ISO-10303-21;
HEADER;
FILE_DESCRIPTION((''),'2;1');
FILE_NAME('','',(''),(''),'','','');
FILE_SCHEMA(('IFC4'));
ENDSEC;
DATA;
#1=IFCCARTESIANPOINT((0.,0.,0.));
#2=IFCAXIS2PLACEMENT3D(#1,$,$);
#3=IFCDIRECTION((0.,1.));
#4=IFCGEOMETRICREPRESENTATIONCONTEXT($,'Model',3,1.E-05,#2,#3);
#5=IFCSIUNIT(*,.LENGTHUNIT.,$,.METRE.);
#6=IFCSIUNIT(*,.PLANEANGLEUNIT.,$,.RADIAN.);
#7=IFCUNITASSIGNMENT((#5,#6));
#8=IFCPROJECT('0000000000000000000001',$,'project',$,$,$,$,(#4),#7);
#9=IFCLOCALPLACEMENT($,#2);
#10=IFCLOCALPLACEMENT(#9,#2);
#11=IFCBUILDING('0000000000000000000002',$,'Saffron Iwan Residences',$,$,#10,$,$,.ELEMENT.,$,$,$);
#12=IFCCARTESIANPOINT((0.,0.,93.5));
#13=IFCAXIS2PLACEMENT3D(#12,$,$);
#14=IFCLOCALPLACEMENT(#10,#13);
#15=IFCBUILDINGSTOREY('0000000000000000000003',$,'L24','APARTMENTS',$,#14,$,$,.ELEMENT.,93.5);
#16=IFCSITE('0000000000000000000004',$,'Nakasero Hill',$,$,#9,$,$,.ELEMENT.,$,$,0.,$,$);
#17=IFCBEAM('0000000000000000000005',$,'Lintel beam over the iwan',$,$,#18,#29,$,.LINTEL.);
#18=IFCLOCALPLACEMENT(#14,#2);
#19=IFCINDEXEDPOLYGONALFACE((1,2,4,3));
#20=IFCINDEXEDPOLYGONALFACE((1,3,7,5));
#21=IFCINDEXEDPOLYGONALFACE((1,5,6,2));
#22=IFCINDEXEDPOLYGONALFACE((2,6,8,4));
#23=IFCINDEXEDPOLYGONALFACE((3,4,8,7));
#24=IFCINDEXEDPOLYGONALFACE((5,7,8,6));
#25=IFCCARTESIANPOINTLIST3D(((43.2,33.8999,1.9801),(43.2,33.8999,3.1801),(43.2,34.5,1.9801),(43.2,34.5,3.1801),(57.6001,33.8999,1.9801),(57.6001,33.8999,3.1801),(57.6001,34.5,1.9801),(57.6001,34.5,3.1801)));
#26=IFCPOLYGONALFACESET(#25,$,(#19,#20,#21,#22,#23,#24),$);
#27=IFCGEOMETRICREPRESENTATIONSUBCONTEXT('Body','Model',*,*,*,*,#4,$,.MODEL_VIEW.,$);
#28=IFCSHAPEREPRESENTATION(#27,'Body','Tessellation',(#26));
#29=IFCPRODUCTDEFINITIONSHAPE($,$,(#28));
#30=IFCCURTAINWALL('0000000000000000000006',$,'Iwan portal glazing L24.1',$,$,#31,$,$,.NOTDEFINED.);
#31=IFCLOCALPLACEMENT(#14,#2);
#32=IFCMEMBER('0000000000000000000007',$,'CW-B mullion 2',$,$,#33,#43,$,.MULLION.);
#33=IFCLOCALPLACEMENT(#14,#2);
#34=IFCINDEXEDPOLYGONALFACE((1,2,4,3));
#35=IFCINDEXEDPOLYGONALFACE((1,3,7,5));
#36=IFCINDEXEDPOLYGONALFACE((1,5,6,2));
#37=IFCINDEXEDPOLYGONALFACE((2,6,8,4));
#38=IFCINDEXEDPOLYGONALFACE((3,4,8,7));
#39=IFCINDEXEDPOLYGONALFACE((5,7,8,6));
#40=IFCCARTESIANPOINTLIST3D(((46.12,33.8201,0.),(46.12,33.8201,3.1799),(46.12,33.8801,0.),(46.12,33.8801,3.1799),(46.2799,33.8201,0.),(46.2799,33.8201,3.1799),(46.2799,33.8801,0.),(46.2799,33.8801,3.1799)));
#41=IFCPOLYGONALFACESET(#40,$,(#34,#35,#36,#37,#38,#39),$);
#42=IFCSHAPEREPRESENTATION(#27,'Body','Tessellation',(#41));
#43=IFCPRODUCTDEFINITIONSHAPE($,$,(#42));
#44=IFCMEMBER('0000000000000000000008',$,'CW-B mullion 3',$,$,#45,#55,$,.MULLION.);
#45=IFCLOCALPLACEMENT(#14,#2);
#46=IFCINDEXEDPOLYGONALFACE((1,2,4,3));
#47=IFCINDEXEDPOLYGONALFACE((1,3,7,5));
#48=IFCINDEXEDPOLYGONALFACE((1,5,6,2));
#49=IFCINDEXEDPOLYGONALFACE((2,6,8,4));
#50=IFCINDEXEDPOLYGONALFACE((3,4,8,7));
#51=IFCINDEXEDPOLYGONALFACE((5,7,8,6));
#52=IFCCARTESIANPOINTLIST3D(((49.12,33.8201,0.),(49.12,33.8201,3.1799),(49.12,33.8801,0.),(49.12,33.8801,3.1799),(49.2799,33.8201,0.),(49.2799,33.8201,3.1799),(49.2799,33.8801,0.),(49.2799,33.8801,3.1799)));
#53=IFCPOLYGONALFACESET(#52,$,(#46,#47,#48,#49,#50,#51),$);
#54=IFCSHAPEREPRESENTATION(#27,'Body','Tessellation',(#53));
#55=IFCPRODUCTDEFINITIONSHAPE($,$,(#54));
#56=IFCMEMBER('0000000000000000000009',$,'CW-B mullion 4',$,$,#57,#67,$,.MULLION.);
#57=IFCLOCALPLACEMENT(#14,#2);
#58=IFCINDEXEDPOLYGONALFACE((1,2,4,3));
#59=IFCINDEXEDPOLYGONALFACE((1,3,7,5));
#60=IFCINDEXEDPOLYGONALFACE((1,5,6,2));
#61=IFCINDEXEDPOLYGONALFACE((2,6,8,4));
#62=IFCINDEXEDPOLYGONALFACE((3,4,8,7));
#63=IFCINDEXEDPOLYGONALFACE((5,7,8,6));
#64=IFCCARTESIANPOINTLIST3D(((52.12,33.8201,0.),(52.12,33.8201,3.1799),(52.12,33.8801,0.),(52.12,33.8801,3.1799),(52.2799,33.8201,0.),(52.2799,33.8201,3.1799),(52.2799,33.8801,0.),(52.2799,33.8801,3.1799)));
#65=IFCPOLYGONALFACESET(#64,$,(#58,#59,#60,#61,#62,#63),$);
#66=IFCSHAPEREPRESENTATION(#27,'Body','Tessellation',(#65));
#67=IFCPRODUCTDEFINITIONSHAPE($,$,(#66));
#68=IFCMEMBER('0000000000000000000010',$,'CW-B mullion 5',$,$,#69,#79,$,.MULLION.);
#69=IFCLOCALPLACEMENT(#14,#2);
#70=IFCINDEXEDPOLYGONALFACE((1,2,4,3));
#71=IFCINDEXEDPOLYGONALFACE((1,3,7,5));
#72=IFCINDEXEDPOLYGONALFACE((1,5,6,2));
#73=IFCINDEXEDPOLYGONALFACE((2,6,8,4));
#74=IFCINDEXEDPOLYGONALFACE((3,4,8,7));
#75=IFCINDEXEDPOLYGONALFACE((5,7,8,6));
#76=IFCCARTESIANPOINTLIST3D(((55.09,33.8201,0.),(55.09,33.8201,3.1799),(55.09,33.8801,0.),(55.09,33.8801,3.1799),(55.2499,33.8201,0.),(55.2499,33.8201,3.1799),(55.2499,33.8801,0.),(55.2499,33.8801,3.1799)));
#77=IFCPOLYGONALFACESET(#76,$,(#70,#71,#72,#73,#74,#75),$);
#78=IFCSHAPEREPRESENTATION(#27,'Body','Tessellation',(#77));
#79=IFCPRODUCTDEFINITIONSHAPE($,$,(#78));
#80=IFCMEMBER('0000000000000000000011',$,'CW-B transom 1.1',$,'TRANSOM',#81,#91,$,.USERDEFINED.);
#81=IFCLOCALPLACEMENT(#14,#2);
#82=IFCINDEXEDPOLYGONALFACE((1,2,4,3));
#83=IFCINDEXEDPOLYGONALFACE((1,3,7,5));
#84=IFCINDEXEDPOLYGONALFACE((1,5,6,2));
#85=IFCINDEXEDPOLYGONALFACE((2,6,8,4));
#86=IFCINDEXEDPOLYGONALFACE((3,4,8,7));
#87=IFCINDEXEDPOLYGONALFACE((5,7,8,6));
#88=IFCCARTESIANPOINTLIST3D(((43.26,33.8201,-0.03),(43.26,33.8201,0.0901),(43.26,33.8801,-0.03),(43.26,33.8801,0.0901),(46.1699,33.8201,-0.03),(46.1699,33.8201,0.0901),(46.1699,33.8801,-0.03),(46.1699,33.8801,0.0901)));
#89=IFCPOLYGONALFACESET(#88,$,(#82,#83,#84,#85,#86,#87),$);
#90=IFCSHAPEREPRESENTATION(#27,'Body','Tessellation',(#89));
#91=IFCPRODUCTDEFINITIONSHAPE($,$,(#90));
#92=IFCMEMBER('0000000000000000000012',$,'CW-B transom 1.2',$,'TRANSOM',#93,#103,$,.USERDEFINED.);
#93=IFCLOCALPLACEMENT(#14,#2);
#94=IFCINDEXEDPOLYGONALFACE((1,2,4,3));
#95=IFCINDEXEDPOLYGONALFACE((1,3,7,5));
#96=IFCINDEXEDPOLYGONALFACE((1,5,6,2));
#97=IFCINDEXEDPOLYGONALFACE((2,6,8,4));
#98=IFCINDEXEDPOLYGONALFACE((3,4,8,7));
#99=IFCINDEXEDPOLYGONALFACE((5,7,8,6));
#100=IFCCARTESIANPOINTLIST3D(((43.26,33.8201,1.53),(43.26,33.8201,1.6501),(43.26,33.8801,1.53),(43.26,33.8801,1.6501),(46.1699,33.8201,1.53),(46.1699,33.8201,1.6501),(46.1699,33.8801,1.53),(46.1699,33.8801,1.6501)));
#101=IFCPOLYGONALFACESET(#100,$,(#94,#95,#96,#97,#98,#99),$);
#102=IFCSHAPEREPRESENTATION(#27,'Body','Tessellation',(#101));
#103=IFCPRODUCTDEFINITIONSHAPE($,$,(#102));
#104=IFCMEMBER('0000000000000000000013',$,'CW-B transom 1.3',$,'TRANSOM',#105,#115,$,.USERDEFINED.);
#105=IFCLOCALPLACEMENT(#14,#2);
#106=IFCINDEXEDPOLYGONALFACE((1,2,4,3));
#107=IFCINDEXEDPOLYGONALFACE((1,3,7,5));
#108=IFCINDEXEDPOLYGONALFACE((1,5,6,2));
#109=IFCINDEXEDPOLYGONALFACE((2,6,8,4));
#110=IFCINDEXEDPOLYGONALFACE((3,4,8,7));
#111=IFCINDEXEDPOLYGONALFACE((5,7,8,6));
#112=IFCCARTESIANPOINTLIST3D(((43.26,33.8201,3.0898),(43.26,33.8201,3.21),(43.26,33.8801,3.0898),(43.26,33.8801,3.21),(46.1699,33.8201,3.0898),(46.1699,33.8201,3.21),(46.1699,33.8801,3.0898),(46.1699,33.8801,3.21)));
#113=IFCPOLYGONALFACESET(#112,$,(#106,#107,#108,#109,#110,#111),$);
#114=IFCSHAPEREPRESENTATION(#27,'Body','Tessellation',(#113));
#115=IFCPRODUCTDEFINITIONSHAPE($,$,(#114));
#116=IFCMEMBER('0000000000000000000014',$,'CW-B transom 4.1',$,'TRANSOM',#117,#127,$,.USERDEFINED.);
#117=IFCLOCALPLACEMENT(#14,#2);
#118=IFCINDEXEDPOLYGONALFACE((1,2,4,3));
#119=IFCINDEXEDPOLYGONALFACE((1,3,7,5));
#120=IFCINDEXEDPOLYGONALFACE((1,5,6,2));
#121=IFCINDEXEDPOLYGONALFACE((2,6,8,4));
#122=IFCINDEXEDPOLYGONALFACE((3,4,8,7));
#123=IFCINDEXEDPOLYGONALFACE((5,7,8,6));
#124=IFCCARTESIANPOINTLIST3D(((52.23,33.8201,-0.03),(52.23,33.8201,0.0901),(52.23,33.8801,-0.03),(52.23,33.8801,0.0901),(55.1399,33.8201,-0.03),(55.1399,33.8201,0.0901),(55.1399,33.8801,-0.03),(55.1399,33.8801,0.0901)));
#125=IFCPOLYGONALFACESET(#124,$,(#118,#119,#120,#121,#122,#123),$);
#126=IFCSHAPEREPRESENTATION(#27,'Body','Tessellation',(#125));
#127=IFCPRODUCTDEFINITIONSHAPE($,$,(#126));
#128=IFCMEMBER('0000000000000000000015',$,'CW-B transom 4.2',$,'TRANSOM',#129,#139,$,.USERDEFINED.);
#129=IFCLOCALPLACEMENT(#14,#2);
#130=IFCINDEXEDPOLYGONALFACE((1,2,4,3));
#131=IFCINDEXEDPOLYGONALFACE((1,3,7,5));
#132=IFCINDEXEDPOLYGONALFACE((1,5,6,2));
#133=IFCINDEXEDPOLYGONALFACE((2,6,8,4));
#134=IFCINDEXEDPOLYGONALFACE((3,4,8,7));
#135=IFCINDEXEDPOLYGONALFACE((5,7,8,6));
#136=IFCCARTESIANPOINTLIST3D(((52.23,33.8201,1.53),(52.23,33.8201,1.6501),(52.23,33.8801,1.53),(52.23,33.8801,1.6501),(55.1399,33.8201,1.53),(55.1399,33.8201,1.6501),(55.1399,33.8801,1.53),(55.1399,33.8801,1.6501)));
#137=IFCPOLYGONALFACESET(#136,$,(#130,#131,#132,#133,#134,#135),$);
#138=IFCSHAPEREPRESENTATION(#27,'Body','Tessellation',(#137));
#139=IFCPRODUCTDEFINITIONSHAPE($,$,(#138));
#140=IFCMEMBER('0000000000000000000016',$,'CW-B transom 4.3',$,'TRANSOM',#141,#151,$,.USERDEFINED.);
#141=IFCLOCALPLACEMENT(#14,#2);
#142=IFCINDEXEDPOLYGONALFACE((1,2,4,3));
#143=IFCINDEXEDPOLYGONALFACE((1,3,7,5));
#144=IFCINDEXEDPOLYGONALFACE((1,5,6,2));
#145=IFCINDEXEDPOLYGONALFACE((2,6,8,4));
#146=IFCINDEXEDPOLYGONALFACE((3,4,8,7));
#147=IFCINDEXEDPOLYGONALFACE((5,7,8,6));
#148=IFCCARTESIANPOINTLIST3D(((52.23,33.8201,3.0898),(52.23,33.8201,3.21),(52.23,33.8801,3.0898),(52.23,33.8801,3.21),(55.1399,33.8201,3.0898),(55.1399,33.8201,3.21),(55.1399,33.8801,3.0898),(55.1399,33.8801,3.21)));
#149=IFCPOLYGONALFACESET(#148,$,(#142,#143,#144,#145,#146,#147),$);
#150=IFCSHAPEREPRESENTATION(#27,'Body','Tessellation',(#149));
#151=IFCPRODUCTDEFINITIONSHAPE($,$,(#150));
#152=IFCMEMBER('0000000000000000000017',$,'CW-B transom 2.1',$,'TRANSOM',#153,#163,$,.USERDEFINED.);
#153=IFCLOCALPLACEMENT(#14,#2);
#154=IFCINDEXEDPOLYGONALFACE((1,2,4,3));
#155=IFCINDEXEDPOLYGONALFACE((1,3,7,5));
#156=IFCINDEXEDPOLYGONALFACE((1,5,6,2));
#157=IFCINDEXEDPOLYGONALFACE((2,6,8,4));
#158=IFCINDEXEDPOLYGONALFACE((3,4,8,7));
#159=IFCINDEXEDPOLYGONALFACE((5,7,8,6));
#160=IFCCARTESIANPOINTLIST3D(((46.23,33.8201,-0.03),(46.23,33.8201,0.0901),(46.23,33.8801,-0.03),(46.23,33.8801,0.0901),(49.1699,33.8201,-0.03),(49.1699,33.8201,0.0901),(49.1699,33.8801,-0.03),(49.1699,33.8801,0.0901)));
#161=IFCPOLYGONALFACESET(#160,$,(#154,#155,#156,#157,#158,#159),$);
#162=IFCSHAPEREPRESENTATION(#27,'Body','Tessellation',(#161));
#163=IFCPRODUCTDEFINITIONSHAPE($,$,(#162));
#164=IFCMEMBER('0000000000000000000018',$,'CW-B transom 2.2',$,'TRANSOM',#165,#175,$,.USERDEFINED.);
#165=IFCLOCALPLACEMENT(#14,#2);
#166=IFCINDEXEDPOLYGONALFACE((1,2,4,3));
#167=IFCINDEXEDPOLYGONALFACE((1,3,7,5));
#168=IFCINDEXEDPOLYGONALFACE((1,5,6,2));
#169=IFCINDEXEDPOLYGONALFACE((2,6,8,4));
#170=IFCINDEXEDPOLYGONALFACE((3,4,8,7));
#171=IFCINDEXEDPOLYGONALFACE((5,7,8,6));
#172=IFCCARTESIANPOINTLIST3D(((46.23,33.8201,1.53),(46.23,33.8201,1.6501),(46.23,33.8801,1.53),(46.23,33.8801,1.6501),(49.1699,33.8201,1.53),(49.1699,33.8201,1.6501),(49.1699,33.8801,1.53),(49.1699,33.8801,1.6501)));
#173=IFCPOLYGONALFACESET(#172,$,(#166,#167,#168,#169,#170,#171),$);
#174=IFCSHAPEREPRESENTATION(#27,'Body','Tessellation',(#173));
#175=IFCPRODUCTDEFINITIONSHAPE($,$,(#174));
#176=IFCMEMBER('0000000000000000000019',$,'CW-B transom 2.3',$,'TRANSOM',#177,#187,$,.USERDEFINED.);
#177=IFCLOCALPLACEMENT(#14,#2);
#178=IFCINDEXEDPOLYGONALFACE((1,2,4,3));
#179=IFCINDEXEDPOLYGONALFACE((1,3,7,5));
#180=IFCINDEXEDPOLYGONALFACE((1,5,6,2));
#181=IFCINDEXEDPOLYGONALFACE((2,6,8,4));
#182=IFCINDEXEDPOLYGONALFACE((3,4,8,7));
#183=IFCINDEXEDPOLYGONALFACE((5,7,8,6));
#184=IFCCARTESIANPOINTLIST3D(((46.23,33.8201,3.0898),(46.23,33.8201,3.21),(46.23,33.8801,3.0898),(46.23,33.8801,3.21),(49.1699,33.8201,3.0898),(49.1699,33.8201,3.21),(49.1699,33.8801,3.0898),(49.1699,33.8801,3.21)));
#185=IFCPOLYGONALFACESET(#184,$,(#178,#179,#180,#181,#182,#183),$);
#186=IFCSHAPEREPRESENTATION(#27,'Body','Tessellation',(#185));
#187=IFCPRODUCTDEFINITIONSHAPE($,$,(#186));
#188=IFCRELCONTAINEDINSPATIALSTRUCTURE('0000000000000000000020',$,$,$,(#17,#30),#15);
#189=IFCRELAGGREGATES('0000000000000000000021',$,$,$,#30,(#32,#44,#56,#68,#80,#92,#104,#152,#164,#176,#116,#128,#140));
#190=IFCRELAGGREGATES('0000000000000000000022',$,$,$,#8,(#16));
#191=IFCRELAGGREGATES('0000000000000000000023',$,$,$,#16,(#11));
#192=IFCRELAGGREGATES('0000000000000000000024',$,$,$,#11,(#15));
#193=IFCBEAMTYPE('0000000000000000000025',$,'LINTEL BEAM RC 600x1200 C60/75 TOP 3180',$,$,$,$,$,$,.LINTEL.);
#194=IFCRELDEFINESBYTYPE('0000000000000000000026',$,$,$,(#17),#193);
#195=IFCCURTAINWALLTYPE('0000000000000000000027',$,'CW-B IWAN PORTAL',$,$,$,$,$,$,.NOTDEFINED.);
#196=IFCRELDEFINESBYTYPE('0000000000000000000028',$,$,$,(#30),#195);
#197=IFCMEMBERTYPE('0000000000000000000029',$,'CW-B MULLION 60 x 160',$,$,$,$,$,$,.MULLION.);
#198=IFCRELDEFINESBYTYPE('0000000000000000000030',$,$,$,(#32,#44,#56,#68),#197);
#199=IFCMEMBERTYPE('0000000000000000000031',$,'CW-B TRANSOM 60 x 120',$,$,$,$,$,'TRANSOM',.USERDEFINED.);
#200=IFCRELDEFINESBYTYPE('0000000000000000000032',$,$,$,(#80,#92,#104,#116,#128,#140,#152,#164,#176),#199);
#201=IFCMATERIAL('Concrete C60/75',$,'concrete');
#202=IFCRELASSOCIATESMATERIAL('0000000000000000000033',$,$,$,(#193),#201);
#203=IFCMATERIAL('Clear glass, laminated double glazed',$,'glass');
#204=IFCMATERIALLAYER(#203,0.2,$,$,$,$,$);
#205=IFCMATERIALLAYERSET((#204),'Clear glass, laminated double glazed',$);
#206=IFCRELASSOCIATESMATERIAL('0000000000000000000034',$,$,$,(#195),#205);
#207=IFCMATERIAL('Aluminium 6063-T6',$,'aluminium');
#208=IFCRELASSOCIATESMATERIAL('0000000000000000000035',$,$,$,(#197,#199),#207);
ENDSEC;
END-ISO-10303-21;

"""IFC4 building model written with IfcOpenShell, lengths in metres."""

from ifc_helpers import new_model, si_unit, direction, frame, origin, origin_2d, place, context, subcontext, project, spatial, rectangle, extrude, source, transform, mapped, material, layer, layer_set, material_profile, profile_set, type_object, element, aggregate, save


model = new_model("IFC4")

# Units and contexts
model_context = context("Model", 3, precision=1e-05, world=origin(), true_north=direction((0.0, 1.0)))
body_context = subcontext(model_context, "Body", "Model", "MODEL_VIEW")
ifc_project = project(units=[si_unit("LENGTHUNIT", "METRE"), si_unit("PLANEANGLEUNIT", "RADIAN")], contexts=[model_context])

# Site, building, storey
site_placement = place(None, origin())
site = spatial("IfcSite", under=ifc_project, at=site_placement, Name="Nakasero Hill", CompositionType="ELEMENT", RefElevation=0.0)
building_placement = place(site_placement, origin())
building = spatial("IfcBuilding", under=site, at=building_placement, Name="Saffron Iwan Residences", CompositionType="ELEMENT")
storey_placement = place(building_placement, frame((0.0, 0.0, 93.5)))
storey = spatial("IfcBuildingStorey", under=building, at=storey_placement, Name="L24", Description="APARTMENTS", CompositionType="ELEMENT", Elevation=93.5)

# Beam
ifc_material_1 = material(Name="Concrete C60/75", Category="concrete")
ifc_material_profile_1 = material_profile(ifc_material_1, rectangle(XDim=0.6001, YDim=1.2, at=origin_2d()), Name="RC 600x1200")
ifc_profile_set_1 = profile_set([ifc_material_profile_1], Name="Concrete C60/75")
beam_type = type_object("IfcBeamType", Name="LINTEL BEAM RC 600x1200 C60/75 TOP 3180", PredefinedType="LINTEL", material=ifc_profile_set_1)
shared_shape_1 = source(origin(), body_context, "Body", "SweptSolid", [
    extrude(rectangle(XDim=0.6001, YDim=1.2, at=origin_2d()), origin(), (0.0, 0.0, 1.0), 14.4001),
])
beam_placement = place(storey_placement, frame((57.6001, 34.2, 2.5801), z_axis=(-1.0, 0.0, 0.0), x_axis=(0.0, -1.0, 0.0)))
element("IfcBeam", 1, at=beam_placement, inside=storey, type_object=beam_type, Name="Lintel beam over the iwan", PredefinedType="LINTEL", context=body_context, shape_type="MappedRepresentation", body=[
    mapped(shared_shape_1, transform((0.0, 0.0, 0.0))),
])

# Curtain wall, members
ifc_material_2 = material(Name="Clear glass, laminated double glazed", Category="glass")
ifc_layer_1 = layer(ifc_material_2, 0.2)
ifc_layer_set_1 = layer_set([ifc_layer_1], Name="Clear glass, laminated double glazed")
curtain_wall_type = type_object("IfcCurtainWallType", Name="CW-B IWAN PORTAL", PredefinedType="NOTDEFINED", material=ifc_layer_set_1)
curtain_wall_placement = place(storey_placement, origin())
curtain_wall = element("IfcCurtainWall", 2, at=curtain_wall_placement, inside=storey, type_object=curtain_wall_type, Name="Iwan portal glazing L24.1", PredefinedType="NOTDEFINED")
ifc_material_3 = material(Name="Aluminium 6063-T6", Category="aluminium")
ifc_material_profile_2 = material_profile(ifc_material_3, rectangle(XDim=0.0601, YDim=0.1599, at=origin_2d()), Name="CW-B MULLION 60 x 160")
ifc_profile_set_2 = profile_set([ifc_material_profile_2], Name="Aluminium 6063-T6")
member_type_1 = type_object("IfcMemberType", Name="CW-B MULLION 60 x 160", PredefinedType="MULLION", material=ifc_profile_set_2)
shared_shape_2 = source(origin(), body_context, "Body", "SweptSolid", [
    extrude(rectangle(XDim=0.0601, YDim=0.1599, at=origin_2d()), origin(), (0.0, 0.0, 1.0), 3.1799),
])
member_1_placement = place(storey_placement, frame((46.2, 33.8501, 0.0), z_axis=(0.0, 0.0, 1.0), x_axis=(0.0, 1.0, 0.0)))
member_1 = element("IfcMember", 3, at=member_1_placement, type_object=member_type_1, Name="CW-B mullion 2", PredefinedType="MULLION", context=body_context, shape_type="MappedRepresentation", body=[
    mapped(shared_shape_2, transform((0.0, 0.0, 0.0))),
])
member_2_placement = place(storey_placement, frame((49.2, 33.8501, 0.0), z_axis=(0.0, 0.0, 1.0), x_axis=(0.0, 1.0, 0.0)))
member_2 = element("IfcMember", 4, at=member_2_placement, type_object=member_type_1, Name="CW-B mullion 3", PredefinedType="MULLION", context=body_context, shape_type="MappedRepresentation", body=[
    mapped(shared_shape_2, transform((0.0, 0.0, 0.0))),
])
member_3_placement = place(storey_placement, frame((52.2, 33.8501, 0.0), z_axis=(0.0, 0.0, 1.0), x_axis=(0.0, 1.0, 0.0)))
member_3 = element("IfcMember", 5, at=member_3_placement, type_object=member_type_1, Name="CW-B mullion 4", PredefinedType="MULLION", context=body_context, shape_type="MappedRepresentation", body=[
    mapped(shared_shape_2, transform((0.0, 0.0, 0.0))),
])
member_4_placement = place(storey_placement, frame((55.1699, 33.8501, 0.0), z_axis=(0.0, 0.0, 1.0), x_axis=(0.0, 1.0, 0.0)))
member_4 = element("IfcMember", 6, at=member_4_placement, type_object=member_type_1, Name="CW-B mullion 5", PredefinedType="MULLION", context=body_context, shape_type="MappedRepresentation", body=[
    mapped(shared_shape_2, transform((0.0, 0.0, 0.0))),
])
ifc_material_profile_3 = material_profile(ifc_material_3, rectangle(XDim=0.0601, YDim=0.1201, at=origin_2d()), Name="CW-B TRANSOM 60 x 120")
ifc_profile_set_3 = profile_set([ifc_material_profile_3], Name="Aluminium 6063-T6")
member_type_2 = type_object("IfcMemberType", Name="CW-B TRANSOM 60 x 120", ElementType="TRANSOM", PredefinedType="USERDEFINED", material=ifc_profile_set_3)
shared_shape_3 = source(origin(), body_context, "Body", "SweptSolid", [
    extrude(rectangle(XDim=0.0601, YDim=0.1201, at=origin_2d()), origin(), (0.0, 0.0, 1.0), 2.9099),
])
member_5_placement = place(storey_placement, frame((43.26, 33.8501, 0.03), z_axis=(1.0, 0.0, 0.0), x_axis=(0.0, 1.0, 0.0)))
member_5 = element("IfcMember", 7, at=member_5_placement, type_object=member_type_2, Name="CW-B transom 1.1", ObjectType="TRANSOM", PredefinedType="USERDEFINED", context=body_context, shape_type="MappedRepresentation", body=[
    mapped(shared_shape_3, transform((0.0, 0.0, 0.0))),
])
member_6_placement = place(storey_placement, frame((43.26, 33.8501, 1.5901), z_axis=(1.0, 0.0, 0.0), x_axis=(0.0, 1.0, 0.0)))
member_6 = element("IfcMember", 8, at=member_6_placement, type_object=member_type_2, Name="CW-B transom 1.2", ObjectType="TRANSOM", PredefinedType="USERDEFINED", context=body_context, shape_type="MappedRepresentation", body=[
    mapped(shared_shape_3, transform((0.0, 0.0, 0.0))),
])
member_7_placement = place(storey_placement, frame((43.26, 33.8501, 3.1499), z_axis=(1.0, 0.0, 0.0), x_axis=(0.0, 1.0, 0.0)))
member_7 = element("IfcMember", 9, at=member_7_placement, type_object=member_type_2, Name="CW-B transom 1.3", ObjectType="TRANSOM", PredefinedType="USERDEFINED", context=body_context, shape_type="MappedRepresentation", body=[
    mapped(shared_shape_3, transform((0.0, 0.0, 0.0))),
])
member_8_placement = place(storey_placement, frame((52.23, 33.8501, 0.03), z_axis=(1.0, 0.0, 0.0), x_axis=(0.0, 1.0, 0.0)))
member_8 = element("IfcMember", 10, at=member_8_placement, type_object=member_type_2, Name="CW-B transom 4.1", ObjectType="TRANSOM", PredefinedType="USERDEFINED", context=body_context, shape_type="MappedRepresentation", body=[
    mapped(shared_shape_3, transform((0.0, 0.0, 0.0))),
])
member_9_placement = place(storey_placement, frame((52.23, 33.8501, 1.5901), z_axis=(1.0, 0.0, 0.0), x_axis=(0.0, 1.0, 0.0)))
member_9 = element("IfcMember", 11, at=member_9_placement, type_object=member_type_2, Name="CW-B transom 4.2", ObjectType="TRANSOM", PredefinedType="USERDEFINED", context=body_context, shape_type="MappedRepresentation", body=[
    mapped(shared_shape_3, transform((0.0, 0.0, 0.0))),
])
member_10_placement = place(storey_placement, frame((52.23, 33.8501, 3.1499), z_axis=(1.0, 0.0, 0.0), x_axis=(0.0, 1.0, 0.0)))
member_10 = element("IfcMember", 12, at=member_10_placement, type_object=member_type_2, Name="CW-B transom 4.3", ObjectType="TRANSOM", PredefinedType="USERDEFINED", context=body_context, shape_type="MappedRepresentation", body=[
    mapped(shared_shape_3, transform((0.0, 0.0, 0.0))),
])
shared_shape_4 = source(origin(), body_context, "Body", "SweptSolid", [
    extrude(rectangle(XDim=0.0601, YDim=0.1201, at=origin_2d()), origin(), (0.0, 0.0, 1.0), 2.9399),
])
member_11_placement = place(storey_placement, frame((46.23, 33.8501, 0.03), z_axis=(1.0, 0.0, 0.0), x_axis=(0.0, 1.0, 0.0)))
member_11 = element("IfcMember", 13, at=member_11_placement, type_object=member_type_2, Name="CW-B transom 2.1", ObjectType="TRANSOM", PredefinedType="USERDEFINED", context=body_context, shape_type="MappedRepresentation", body=[
    mapped(shared_shape_4, transform((0.0, 0.0, 0.0))),
])
member_12_placement = place(storey_placement, frame((46.23, 33.8501, 1.5901), z_axis=(1.0, 0.0, 0.0), x_axis=(0.0, 1.0, 0.0)))
member_12 = element("IfcMember", 14, at=member_12_placement, type_object=member_type_2, Name="CW-B transom 2.2", ObjectType="TRANSOM", PredefinedType="USERDEFINED", context=body_context, shape_type="MappedRepresentation", body=[
    mapped(shared_shape_4, transform((0.0, 0.0, 0.0))),
])
member_13_placement = place(storey_placement, frame((46.23, 33.8501, 3.1499), z_axis=(1.0, 0.0, 0.0), x_axis=(0.0, 1.0, 0.0)))
member_13 = element("IfcMember", 15, at=member_13_placement, type_object=member_type_2, Name="CW-B transom 2.3", ObjectType="TRANSOM", PredefinedType="USERDEFINED", context=body_context, shape_type="MappedRepresentation", body=[
    mapped(shared_shape_4, transform((0.0, 0.0, 0.0))),
])
aggregate(curtain_wall, [member_1, member_2, member_3, member_4, member_5, member_6, member_7, member_11, member_12, member_13, member_8, member_9, member_10])

save(model, "model.ifc")
